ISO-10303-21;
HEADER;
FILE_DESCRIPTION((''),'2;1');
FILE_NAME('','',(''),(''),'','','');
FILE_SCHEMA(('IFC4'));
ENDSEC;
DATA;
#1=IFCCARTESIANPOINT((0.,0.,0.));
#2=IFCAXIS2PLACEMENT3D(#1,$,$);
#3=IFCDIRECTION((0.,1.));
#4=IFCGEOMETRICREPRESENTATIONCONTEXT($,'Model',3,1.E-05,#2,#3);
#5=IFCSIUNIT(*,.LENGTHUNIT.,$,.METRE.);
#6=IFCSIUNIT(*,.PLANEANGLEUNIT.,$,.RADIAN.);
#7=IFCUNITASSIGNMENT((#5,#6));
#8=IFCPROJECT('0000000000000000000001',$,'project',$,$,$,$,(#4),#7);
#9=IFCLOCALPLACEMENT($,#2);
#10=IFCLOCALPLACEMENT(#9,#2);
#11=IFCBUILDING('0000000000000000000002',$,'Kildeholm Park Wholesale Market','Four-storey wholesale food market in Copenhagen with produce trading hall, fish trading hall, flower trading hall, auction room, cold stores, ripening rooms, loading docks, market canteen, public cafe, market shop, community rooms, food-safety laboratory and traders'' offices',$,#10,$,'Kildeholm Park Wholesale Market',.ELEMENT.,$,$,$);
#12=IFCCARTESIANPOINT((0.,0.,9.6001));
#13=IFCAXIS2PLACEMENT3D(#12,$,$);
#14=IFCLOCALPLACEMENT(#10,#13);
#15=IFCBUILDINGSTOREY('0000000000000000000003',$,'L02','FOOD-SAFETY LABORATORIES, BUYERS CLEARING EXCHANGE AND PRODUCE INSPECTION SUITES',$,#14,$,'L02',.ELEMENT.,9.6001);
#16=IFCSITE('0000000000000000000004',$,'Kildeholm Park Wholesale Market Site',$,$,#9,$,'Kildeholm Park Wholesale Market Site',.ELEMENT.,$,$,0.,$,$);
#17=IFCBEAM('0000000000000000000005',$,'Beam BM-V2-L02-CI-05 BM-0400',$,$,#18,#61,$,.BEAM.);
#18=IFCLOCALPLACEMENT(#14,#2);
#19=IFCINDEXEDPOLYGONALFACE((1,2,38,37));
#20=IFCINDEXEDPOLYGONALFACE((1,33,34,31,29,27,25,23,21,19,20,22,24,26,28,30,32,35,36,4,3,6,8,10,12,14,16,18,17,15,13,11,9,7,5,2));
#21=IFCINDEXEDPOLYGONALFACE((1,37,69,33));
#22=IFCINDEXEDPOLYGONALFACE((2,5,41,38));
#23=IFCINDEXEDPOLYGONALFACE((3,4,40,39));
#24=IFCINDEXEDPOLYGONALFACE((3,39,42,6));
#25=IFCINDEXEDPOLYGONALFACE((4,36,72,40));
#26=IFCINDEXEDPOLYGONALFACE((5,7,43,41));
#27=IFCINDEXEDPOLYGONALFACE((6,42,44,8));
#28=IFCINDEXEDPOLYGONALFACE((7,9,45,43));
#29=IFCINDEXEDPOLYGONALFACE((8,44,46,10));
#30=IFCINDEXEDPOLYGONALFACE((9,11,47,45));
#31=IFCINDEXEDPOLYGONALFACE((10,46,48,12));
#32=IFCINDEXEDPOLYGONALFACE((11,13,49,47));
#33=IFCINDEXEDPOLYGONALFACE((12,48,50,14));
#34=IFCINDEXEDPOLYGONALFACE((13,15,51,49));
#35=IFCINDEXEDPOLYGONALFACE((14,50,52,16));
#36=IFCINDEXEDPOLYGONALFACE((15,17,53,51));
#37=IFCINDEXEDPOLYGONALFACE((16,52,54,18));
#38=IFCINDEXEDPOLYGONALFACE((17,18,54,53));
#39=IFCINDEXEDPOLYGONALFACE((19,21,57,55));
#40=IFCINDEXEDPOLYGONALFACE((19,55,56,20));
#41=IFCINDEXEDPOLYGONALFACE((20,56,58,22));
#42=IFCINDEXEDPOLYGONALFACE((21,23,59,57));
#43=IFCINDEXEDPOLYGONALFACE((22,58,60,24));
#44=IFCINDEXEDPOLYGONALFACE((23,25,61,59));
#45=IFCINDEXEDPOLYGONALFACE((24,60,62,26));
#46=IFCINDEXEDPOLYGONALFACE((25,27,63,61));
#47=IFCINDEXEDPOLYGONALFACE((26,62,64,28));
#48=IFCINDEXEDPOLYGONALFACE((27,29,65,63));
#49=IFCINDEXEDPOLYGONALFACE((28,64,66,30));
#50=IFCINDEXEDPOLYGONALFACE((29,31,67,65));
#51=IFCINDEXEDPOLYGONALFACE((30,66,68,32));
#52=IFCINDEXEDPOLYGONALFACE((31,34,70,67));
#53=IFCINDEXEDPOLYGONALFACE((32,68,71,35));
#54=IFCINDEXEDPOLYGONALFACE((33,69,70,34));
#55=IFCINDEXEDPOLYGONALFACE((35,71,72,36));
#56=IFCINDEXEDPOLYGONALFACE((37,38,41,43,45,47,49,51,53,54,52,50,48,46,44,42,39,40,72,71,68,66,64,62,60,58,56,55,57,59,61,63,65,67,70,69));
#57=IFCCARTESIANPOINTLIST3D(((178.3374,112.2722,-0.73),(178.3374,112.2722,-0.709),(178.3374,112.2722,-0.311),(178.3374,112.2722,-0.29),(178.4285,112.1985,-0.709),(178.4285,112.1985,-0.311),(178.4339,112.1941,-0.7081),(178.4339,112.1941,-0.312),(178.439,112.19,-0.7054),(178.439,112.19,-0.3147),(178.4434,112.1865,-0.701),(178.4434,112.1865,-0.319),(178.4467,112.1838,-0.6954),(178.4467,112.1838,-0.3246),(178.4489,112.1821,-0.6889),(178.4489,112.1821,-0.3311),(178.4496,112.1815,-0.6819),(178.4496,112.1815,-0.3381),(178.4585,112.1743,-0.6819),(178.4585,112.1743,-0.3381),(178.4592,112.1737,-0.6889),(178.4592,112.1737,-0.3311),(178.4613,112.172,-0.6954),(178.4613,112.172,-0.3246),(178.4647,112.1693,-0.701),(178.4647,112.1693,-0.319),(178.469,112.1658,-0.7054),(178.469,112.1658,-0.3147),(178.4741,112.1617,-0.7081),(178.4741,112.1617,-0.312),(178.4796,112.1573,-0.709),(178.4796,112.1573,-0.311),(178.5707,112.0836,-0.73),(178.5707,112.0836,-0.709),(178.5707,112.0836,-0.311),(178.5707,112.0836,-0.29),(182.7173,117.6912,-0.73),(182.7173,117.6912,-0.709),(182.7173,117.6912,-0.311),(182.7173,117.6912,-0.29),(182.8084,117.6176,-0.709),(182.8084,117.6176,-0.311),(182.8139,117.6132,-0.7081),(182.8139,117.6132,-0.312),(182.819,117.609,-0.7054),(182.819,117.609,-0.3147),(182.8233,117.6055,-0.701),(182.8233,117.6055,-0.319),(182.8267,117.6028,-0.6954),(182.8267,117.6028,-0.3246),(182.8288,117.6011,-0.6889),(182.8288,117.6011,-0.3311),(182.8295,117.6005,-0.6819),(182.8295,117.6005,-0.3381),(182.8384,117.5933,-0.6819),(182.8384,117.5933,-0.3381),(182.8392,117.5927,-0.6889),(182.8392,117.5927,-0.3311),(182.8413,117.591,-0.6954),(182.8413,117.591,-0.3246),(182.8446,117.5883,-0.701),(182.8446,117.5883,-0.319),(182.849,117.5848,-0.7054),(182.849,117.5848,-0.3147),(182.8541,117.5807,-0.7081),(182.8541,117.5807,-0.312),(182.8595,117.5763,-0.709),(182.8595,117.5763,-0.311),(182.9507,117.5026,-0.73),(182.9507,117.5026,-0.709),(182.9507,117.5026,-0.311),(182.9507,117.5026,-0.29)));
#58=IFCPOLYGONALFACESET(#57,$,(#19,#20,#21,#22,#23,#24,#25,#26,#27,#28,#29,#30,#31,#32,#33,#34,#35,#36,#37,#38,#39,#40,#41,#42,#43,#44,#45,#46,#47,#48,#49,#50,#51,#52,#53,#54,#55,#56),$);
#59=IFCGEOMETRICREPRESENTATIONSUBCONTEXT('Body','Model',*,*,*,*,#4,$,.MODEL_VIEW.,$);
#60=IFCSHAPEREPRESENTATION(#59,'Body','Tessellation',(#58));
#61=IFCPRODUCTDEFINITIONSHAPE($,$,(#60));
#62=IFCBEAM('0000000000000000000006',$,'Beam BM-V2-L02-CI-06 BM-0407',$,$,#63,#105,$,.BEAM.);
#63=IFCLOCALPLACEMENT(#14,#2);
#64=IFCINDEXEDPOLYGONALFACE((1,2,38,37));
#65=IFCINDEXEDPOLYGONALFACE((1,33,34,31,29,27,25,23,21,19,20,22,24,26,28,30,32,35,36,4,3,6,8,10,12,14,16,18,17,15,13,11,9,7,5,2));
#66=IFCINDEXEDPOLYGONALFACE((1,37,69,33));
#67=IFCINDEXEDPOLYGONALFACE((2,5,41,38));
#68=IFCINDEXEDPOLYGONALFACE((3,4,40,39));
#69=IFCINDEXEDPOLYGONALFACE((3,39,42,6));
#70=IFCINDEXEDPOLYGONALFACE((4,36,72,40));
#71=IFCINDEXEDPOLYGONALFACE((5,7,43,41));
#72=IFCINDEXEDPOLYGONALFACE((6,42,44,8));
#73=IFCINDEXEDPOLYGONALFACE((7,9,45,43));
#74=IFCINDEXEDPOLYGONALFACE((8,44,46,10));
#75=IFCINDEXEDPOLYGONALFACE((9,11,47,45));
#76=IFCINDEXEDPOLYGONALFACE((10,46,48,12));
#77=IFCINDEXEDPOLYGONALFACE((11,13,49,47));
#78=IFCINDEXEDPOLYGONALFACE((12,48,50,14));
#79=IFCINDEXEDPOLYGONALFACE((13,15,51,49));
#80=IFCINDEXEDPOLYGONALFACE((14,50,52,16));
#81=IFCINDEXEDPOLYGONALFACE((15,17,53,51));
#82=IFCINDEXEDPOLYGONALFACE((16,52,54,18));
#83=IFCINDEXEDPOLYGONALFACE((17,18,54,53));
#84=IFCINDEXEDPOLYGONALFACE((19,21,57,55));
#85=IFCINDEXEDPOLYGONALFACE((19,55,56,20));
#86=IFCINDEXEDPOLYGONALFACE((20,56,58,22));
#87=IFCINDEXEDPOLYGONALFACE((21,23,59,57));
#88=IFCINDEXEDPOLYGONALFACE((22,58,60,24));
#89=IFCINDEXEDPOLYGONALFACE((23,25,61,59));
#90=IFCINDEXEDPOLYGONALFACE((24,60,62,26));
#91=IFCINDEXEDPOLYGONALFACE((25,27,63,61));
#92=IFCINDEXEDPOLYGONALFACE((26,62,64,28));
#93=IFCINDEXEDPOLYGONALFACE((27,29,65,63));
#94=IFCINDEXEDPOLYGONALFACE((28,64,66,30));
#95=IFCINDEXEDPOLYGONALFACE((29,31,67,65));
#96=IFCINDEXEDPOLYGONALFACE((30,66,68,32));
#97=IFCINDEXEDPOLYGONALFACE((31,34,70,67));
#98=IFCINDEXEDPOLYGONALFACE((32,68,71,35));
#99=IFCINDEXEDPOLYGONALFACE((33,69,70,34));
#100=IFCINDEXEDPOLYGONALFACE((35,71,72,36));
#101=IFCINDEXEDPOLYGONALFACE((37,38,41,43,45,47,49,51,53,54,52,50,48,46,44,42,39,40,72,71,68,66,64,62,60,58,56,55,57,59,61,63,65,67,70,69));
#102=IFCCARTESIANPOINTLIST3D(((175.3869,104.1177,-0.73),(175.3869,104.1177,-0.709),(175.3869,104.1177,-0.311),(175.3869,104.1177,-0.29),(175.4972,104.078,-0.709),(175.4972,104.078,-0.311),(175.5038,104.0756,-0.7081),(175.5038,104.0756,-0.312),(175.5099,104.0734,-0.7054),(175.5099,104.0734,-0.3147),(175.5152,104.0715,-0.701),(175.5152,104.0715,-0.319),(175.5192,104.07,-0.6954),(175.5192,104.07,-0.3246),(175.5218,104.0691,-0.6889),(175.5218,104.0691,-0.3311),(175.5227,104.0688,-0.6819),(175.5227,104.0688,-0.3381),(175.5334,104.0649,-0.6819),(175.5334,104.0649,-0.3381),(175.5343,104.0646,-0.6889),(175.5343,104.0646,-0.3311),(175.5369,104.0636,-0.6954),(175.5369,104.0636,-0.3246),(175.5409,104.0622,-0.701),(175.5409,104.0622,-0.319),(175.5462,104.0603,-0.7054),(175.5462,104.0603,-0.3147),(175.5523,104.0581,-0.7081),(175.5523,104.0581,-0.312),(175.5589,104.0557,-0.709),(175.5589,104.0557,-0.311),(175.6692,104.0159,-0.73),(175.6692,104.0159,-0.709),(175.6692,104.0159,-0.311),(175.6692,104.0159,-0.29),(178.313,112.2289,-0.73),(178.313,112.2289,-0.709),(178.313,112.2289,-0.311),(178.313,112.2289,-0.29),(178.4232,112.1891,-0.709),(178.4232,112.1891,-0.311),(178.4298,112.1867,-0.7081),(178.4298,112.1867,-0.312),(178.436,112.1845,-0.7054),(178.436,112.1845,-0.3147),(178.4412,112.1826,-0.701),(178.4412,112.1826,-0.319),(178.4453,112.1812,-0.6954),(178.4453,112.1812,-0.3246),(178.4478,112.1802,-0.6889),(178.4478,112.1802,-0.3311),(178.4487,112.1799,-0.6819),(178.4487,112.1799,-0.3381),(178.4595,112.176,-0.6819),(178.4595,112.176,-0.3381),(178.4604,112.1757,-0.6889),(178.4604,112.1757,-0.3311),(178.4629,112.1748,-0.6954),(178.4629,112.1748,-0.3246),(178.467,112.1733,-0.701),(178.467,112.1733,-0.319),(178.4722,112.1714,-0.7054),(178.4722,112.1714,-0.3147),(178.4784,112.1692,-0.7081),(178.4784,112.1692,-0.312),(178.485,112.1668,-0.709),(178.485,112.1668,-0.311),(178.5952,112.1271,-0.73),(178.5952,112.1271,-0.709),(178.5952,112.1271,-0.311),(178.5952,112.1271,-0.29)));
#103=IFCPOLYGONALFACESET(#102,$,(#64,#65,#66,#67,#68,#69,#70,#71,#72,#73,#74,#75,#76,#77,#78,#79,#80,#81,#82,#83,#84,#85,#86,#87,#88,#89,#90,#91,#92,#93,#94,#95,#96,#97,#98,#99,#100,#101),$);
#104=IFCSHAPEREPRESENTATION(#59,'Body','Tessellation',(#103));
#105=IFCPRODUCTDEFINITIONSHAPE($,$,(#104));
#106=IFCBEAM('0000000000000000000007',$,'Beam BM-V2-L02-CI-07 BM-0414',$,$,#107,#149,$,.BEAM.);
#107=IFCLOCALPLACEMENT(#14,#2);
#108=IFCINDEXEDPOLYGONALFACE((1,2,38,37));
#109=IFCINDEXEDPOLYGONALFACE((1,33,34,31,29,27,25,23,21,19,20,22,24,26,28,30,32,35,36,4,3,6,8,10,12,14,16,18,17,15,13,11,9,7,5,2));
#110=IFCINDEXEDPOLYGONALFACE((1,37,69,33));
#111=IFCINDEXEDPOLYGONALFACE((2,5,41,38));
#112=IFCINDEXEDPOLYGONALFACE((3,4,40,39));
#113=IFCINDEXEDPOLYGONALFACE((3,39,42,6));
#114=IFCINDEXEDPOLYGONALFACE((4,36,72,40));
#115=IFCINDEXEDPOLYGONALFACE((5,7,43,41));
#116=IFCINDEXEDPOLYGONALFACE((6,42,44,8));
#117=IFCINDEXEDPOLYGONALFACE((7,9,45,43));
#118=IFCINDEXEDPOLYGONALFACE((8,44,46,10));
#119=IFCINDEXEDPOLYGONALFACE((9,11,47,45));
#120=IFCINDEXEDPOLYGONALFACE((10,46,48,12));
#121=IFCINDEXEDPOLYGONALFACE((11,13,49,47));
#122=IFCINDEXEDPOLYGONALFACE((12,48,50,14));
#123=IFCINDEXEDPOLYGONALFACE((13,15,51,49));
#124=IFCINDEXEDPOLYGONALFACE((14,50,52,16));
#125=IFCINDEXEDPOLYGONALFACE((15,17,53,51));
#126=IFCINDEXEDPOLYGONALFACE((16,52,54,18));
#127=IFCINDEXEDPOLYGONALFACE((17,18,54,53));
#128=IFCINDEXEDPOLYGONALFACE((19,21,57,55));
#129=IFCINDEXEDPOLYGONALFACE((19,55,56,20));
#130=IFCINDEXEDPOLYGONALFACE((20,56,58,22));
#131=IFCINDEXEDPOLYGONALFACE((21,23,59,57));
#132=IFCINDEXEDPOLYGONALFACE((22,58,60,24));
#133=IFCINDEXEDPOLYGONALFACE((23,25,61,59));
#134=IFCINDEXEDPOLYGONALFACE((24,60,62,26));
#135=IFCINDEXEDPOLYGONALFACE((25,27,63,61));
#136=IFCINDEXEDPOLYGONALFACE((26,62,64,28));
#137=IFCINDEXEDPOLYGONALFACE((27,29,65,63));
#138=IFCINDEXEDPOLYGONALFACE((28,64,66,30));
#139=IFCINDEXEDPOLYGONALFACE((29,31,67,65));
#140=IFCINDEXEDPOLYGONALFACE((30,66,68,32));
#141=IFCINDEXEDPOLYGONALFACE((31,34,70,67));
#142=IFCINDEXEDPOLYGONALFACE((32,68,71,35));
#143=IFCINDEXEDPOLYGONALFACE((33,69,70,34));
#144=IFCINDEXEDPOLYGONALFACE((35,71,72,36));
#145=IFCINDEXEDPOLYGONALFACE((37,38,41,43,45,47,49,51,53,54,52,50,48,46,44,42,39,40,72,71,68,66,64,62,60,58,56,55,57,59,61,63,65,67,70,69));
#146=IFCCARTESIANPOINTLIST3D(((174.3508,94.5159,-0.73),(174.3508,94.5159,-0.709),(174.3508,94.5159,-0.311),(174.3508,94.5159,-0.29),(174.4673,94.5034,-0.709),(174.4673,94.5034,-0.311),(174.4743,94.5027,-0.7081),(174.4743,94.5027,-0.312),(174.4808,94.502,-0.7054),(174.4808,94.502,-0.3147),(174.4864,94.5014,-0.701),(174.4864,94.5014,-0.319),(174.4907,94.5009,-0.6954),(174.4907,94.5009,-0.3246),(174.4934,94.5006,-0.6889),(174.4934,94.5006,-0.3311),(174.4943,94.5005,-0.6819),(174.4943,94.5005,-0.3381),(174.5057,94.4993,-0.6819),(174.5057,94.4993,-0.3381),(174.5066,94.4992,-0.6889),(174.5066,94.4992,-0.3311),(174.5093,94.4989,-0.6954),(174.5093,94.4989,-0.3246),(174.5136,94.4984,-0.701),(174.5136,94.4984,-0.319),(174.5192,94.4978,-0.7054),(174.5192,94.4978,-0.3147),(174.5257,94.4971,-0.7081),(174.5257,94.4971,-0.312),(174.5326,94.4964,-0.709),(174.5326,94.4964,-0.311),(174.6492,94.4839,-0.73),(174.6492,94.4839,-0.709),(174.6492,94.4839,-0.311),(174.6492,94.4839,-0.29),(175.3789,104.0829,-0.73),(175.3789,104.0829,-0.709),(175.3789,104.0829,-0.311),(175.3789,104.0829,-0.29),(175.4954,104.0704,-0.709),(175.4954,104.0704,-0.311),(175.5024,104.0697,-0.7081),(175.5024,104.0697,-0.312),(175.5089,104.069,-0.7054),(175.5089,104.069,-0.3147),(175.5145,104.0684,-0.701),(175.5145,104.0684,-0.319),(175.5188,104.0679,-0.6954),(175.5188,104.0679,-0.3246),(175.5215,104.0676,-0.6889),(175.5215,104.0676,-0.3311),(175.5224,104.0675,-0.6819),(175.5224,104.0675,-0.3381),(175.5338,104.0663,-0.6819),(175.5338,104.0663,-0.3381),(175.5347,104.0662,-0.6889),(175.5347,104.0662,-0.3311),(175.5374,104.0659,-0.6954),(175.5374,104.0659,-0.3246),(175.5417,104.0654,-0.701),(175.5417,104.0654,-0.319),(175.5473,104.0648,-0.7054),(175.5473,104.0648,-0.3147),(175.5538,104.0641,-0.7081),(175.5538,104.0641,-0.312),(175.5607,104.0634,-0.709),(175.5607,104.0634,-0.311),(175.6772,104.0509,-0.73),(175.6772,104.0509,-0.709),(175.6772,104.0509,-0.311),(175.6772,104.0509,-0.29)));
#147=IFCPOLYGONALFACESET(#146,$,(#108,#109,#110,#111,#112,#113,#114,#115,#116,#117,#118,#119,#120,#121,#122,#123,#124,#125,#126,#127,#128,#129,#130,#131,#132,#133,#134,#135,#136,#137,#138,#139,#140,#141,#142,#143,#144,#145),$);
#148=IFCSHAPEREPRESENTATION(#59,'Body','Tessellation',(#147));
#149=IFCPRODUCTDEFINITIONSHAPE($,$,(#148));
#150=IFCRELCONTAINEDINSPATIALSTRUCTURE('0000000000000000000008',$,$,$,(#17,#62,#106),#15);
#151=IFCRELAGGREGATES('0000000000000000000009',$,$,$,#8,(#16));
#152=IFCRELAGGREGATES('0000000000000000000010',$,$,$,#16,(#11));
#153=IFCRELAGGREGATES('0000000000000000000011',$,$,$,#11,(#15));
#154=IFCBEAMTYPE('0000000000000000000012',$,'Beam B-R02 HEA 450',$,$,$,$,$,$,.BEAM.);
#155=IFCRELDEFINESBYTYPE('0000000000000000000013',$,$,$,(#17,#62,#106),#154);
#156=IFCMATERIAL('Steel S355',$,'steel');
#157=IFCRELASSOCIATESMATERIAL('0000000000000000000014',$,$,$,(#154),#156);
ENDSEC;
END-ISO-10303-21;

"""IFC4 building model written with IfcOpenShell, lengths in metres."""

from ifc_helpers import new_model, si_unit, direction, frame, origin, origin_2d, place, context, subcontext, project, spatial, i_section, extrude, material, material_profile, profile_set, type_object, element, save


model = new_model("IFC4")

# Units and contexts
model_context = context("Model", 3, precision=1e-05, world=origin(), true_north=direction((0.0, 1.0)))
body_context = subcontext(model_context, "Body", "Model", "MODEL_VIEW")
ifc_project = project(units=[si_unit("LENGTHUNIT", "METRE"), si_unit("PLANEANGLEUNIT", "RADIAN")], contexts=[model_context])

# Site, building, storey
site_placement = place(None, origin())
site = spatial("IfcSite", under=ifc_project, at=site_placement, Name="Kildeholm Park Wholesale Market Site", LongName="Kildeholm Park Wholesale Market Site", CompositionType="ELEMENT", RefElevation=0.0)
building_placement = place(site_placement, origin())
building = spatial("IfcBuilding", under=site, at=building_placement, Name="Kildeholm Park Wholesale Market", Description="Four-storey wholesale food market in Copenhagen with produce trading hall, fish trading hall, flower trading hall, auction room, cold stores, ripening rooms, loading docks, market canteen, public cafe, market shop, community rooms, food-safety laboratory and traders' offices", LongName="Kildeholm Park Wholesale Market", CompositionType="ELEMENT")
storey_placement = place(building_placement, frame((0.0, 0.0, 9.6001)))
storey = spatial("IfcBuildingStorey", under=building, at=storey_placement, Name="L02", Description="FOOD-SAFETY LABORATORIES, BUYERS CLEARING EXCHANGE AND PRODUCE INSPECTION SUITES", LongName="L02", CompositionType="ELEMENT", Elevation=9.6001)

# Shared definitions
ifc_material_1 = material(Name="Steel S355", Category="steel")

# Beams
ifc_material_profile_1 = material_profile(ifc_material_1, i_section(OverallWidth=0.3, OverallDepth=0.4399, WebThickness=0.0115, FlangeThickness=0.021, FilletRadius=0.0271, at=origin_2d()), Name="HEA 450")
ifc_profile_set_1 = profile_set([ifc_material_profile_1], Name="Steel S355")
beam_type_1 = type_object("IfcBeamType", Name="Beam B-R02 HEA 450", PredefinedType="BEAM", material=ifc_profile_set_1)
beam_1_placement = place(storey_placement, frame((182.834, 117.5969, -0.51), z_axis=(-0.628601, -0.777728, 0.0), x_axis=(0.777728, -0.628601, 0.0)))
element("IfcBeam", 1, at=beam_1_placement, inside=storey, type_object=beam_type_1, Name="Beam BM-V2-L02-CI-05 BM-0400", PredefinedType="BEAM", context=body_context, shape_type="SweptSolid", body=[
    extrude(i_section(OverallWidth=0.3, OverallDepth=0.4399, WebThickness=0.0115, FlangeThickness=0.021, FilletRadius=0.0271, at=origin_2d()), origin(), (0.0, 0.0, 1.0), 6.9678),
])
beam_2_placement = place(storey_placement, frame((178.4541, 112.178, -0.51), z_axis=(-0.339339, -0.940664, 0.0), x_axis=(0.940664, -0.339339, 0.0)))
element("IfcBeam", 2, at=beam_2_placement, inside=storey, type_object=beam_type_1, Name="Beam BM-V2-L02-CI-06 BM-0407", PredefinedType="BEAM", context=body_context, shape_type="SweptSolid", body=[
    extrude(i_section(OverallWidth=0.3, OverallDepth=0.4399, WebThickness=0.0115, FlangeThickness=0.021, FilletRadius=0.0271, at=origin_2d()), origin(), (0.0, 0.0, 1.0), 8.6228),
])
beam_3_placement = place(storey_placement, frame((175.5281, 104.0669, -0.51), z_axis=(-0.106847, -0.994276, 0.0), x_axis=(0.994276, -0.106847, 0.0)))
element("IfcBeam", 3, at=beam_3_placement, inside=storey, type_object=beam_type_1, Name="Beam BM-V2-L02-CI-07 BM-0414", PredefinedType="BEAM", context=body_context, shape_type="SweptSolid", body=[
    extrude(i_section(OverallWidth=0.3, OverallDepth=0.4399, WebThickness=0.0115, FlangeThickness=0.021, FilletRadius=0.0271, at=origin_2d()), origin(), (0.0, 0.0, 1.0), 9.6221),
])

save(model, "model.ifc")
